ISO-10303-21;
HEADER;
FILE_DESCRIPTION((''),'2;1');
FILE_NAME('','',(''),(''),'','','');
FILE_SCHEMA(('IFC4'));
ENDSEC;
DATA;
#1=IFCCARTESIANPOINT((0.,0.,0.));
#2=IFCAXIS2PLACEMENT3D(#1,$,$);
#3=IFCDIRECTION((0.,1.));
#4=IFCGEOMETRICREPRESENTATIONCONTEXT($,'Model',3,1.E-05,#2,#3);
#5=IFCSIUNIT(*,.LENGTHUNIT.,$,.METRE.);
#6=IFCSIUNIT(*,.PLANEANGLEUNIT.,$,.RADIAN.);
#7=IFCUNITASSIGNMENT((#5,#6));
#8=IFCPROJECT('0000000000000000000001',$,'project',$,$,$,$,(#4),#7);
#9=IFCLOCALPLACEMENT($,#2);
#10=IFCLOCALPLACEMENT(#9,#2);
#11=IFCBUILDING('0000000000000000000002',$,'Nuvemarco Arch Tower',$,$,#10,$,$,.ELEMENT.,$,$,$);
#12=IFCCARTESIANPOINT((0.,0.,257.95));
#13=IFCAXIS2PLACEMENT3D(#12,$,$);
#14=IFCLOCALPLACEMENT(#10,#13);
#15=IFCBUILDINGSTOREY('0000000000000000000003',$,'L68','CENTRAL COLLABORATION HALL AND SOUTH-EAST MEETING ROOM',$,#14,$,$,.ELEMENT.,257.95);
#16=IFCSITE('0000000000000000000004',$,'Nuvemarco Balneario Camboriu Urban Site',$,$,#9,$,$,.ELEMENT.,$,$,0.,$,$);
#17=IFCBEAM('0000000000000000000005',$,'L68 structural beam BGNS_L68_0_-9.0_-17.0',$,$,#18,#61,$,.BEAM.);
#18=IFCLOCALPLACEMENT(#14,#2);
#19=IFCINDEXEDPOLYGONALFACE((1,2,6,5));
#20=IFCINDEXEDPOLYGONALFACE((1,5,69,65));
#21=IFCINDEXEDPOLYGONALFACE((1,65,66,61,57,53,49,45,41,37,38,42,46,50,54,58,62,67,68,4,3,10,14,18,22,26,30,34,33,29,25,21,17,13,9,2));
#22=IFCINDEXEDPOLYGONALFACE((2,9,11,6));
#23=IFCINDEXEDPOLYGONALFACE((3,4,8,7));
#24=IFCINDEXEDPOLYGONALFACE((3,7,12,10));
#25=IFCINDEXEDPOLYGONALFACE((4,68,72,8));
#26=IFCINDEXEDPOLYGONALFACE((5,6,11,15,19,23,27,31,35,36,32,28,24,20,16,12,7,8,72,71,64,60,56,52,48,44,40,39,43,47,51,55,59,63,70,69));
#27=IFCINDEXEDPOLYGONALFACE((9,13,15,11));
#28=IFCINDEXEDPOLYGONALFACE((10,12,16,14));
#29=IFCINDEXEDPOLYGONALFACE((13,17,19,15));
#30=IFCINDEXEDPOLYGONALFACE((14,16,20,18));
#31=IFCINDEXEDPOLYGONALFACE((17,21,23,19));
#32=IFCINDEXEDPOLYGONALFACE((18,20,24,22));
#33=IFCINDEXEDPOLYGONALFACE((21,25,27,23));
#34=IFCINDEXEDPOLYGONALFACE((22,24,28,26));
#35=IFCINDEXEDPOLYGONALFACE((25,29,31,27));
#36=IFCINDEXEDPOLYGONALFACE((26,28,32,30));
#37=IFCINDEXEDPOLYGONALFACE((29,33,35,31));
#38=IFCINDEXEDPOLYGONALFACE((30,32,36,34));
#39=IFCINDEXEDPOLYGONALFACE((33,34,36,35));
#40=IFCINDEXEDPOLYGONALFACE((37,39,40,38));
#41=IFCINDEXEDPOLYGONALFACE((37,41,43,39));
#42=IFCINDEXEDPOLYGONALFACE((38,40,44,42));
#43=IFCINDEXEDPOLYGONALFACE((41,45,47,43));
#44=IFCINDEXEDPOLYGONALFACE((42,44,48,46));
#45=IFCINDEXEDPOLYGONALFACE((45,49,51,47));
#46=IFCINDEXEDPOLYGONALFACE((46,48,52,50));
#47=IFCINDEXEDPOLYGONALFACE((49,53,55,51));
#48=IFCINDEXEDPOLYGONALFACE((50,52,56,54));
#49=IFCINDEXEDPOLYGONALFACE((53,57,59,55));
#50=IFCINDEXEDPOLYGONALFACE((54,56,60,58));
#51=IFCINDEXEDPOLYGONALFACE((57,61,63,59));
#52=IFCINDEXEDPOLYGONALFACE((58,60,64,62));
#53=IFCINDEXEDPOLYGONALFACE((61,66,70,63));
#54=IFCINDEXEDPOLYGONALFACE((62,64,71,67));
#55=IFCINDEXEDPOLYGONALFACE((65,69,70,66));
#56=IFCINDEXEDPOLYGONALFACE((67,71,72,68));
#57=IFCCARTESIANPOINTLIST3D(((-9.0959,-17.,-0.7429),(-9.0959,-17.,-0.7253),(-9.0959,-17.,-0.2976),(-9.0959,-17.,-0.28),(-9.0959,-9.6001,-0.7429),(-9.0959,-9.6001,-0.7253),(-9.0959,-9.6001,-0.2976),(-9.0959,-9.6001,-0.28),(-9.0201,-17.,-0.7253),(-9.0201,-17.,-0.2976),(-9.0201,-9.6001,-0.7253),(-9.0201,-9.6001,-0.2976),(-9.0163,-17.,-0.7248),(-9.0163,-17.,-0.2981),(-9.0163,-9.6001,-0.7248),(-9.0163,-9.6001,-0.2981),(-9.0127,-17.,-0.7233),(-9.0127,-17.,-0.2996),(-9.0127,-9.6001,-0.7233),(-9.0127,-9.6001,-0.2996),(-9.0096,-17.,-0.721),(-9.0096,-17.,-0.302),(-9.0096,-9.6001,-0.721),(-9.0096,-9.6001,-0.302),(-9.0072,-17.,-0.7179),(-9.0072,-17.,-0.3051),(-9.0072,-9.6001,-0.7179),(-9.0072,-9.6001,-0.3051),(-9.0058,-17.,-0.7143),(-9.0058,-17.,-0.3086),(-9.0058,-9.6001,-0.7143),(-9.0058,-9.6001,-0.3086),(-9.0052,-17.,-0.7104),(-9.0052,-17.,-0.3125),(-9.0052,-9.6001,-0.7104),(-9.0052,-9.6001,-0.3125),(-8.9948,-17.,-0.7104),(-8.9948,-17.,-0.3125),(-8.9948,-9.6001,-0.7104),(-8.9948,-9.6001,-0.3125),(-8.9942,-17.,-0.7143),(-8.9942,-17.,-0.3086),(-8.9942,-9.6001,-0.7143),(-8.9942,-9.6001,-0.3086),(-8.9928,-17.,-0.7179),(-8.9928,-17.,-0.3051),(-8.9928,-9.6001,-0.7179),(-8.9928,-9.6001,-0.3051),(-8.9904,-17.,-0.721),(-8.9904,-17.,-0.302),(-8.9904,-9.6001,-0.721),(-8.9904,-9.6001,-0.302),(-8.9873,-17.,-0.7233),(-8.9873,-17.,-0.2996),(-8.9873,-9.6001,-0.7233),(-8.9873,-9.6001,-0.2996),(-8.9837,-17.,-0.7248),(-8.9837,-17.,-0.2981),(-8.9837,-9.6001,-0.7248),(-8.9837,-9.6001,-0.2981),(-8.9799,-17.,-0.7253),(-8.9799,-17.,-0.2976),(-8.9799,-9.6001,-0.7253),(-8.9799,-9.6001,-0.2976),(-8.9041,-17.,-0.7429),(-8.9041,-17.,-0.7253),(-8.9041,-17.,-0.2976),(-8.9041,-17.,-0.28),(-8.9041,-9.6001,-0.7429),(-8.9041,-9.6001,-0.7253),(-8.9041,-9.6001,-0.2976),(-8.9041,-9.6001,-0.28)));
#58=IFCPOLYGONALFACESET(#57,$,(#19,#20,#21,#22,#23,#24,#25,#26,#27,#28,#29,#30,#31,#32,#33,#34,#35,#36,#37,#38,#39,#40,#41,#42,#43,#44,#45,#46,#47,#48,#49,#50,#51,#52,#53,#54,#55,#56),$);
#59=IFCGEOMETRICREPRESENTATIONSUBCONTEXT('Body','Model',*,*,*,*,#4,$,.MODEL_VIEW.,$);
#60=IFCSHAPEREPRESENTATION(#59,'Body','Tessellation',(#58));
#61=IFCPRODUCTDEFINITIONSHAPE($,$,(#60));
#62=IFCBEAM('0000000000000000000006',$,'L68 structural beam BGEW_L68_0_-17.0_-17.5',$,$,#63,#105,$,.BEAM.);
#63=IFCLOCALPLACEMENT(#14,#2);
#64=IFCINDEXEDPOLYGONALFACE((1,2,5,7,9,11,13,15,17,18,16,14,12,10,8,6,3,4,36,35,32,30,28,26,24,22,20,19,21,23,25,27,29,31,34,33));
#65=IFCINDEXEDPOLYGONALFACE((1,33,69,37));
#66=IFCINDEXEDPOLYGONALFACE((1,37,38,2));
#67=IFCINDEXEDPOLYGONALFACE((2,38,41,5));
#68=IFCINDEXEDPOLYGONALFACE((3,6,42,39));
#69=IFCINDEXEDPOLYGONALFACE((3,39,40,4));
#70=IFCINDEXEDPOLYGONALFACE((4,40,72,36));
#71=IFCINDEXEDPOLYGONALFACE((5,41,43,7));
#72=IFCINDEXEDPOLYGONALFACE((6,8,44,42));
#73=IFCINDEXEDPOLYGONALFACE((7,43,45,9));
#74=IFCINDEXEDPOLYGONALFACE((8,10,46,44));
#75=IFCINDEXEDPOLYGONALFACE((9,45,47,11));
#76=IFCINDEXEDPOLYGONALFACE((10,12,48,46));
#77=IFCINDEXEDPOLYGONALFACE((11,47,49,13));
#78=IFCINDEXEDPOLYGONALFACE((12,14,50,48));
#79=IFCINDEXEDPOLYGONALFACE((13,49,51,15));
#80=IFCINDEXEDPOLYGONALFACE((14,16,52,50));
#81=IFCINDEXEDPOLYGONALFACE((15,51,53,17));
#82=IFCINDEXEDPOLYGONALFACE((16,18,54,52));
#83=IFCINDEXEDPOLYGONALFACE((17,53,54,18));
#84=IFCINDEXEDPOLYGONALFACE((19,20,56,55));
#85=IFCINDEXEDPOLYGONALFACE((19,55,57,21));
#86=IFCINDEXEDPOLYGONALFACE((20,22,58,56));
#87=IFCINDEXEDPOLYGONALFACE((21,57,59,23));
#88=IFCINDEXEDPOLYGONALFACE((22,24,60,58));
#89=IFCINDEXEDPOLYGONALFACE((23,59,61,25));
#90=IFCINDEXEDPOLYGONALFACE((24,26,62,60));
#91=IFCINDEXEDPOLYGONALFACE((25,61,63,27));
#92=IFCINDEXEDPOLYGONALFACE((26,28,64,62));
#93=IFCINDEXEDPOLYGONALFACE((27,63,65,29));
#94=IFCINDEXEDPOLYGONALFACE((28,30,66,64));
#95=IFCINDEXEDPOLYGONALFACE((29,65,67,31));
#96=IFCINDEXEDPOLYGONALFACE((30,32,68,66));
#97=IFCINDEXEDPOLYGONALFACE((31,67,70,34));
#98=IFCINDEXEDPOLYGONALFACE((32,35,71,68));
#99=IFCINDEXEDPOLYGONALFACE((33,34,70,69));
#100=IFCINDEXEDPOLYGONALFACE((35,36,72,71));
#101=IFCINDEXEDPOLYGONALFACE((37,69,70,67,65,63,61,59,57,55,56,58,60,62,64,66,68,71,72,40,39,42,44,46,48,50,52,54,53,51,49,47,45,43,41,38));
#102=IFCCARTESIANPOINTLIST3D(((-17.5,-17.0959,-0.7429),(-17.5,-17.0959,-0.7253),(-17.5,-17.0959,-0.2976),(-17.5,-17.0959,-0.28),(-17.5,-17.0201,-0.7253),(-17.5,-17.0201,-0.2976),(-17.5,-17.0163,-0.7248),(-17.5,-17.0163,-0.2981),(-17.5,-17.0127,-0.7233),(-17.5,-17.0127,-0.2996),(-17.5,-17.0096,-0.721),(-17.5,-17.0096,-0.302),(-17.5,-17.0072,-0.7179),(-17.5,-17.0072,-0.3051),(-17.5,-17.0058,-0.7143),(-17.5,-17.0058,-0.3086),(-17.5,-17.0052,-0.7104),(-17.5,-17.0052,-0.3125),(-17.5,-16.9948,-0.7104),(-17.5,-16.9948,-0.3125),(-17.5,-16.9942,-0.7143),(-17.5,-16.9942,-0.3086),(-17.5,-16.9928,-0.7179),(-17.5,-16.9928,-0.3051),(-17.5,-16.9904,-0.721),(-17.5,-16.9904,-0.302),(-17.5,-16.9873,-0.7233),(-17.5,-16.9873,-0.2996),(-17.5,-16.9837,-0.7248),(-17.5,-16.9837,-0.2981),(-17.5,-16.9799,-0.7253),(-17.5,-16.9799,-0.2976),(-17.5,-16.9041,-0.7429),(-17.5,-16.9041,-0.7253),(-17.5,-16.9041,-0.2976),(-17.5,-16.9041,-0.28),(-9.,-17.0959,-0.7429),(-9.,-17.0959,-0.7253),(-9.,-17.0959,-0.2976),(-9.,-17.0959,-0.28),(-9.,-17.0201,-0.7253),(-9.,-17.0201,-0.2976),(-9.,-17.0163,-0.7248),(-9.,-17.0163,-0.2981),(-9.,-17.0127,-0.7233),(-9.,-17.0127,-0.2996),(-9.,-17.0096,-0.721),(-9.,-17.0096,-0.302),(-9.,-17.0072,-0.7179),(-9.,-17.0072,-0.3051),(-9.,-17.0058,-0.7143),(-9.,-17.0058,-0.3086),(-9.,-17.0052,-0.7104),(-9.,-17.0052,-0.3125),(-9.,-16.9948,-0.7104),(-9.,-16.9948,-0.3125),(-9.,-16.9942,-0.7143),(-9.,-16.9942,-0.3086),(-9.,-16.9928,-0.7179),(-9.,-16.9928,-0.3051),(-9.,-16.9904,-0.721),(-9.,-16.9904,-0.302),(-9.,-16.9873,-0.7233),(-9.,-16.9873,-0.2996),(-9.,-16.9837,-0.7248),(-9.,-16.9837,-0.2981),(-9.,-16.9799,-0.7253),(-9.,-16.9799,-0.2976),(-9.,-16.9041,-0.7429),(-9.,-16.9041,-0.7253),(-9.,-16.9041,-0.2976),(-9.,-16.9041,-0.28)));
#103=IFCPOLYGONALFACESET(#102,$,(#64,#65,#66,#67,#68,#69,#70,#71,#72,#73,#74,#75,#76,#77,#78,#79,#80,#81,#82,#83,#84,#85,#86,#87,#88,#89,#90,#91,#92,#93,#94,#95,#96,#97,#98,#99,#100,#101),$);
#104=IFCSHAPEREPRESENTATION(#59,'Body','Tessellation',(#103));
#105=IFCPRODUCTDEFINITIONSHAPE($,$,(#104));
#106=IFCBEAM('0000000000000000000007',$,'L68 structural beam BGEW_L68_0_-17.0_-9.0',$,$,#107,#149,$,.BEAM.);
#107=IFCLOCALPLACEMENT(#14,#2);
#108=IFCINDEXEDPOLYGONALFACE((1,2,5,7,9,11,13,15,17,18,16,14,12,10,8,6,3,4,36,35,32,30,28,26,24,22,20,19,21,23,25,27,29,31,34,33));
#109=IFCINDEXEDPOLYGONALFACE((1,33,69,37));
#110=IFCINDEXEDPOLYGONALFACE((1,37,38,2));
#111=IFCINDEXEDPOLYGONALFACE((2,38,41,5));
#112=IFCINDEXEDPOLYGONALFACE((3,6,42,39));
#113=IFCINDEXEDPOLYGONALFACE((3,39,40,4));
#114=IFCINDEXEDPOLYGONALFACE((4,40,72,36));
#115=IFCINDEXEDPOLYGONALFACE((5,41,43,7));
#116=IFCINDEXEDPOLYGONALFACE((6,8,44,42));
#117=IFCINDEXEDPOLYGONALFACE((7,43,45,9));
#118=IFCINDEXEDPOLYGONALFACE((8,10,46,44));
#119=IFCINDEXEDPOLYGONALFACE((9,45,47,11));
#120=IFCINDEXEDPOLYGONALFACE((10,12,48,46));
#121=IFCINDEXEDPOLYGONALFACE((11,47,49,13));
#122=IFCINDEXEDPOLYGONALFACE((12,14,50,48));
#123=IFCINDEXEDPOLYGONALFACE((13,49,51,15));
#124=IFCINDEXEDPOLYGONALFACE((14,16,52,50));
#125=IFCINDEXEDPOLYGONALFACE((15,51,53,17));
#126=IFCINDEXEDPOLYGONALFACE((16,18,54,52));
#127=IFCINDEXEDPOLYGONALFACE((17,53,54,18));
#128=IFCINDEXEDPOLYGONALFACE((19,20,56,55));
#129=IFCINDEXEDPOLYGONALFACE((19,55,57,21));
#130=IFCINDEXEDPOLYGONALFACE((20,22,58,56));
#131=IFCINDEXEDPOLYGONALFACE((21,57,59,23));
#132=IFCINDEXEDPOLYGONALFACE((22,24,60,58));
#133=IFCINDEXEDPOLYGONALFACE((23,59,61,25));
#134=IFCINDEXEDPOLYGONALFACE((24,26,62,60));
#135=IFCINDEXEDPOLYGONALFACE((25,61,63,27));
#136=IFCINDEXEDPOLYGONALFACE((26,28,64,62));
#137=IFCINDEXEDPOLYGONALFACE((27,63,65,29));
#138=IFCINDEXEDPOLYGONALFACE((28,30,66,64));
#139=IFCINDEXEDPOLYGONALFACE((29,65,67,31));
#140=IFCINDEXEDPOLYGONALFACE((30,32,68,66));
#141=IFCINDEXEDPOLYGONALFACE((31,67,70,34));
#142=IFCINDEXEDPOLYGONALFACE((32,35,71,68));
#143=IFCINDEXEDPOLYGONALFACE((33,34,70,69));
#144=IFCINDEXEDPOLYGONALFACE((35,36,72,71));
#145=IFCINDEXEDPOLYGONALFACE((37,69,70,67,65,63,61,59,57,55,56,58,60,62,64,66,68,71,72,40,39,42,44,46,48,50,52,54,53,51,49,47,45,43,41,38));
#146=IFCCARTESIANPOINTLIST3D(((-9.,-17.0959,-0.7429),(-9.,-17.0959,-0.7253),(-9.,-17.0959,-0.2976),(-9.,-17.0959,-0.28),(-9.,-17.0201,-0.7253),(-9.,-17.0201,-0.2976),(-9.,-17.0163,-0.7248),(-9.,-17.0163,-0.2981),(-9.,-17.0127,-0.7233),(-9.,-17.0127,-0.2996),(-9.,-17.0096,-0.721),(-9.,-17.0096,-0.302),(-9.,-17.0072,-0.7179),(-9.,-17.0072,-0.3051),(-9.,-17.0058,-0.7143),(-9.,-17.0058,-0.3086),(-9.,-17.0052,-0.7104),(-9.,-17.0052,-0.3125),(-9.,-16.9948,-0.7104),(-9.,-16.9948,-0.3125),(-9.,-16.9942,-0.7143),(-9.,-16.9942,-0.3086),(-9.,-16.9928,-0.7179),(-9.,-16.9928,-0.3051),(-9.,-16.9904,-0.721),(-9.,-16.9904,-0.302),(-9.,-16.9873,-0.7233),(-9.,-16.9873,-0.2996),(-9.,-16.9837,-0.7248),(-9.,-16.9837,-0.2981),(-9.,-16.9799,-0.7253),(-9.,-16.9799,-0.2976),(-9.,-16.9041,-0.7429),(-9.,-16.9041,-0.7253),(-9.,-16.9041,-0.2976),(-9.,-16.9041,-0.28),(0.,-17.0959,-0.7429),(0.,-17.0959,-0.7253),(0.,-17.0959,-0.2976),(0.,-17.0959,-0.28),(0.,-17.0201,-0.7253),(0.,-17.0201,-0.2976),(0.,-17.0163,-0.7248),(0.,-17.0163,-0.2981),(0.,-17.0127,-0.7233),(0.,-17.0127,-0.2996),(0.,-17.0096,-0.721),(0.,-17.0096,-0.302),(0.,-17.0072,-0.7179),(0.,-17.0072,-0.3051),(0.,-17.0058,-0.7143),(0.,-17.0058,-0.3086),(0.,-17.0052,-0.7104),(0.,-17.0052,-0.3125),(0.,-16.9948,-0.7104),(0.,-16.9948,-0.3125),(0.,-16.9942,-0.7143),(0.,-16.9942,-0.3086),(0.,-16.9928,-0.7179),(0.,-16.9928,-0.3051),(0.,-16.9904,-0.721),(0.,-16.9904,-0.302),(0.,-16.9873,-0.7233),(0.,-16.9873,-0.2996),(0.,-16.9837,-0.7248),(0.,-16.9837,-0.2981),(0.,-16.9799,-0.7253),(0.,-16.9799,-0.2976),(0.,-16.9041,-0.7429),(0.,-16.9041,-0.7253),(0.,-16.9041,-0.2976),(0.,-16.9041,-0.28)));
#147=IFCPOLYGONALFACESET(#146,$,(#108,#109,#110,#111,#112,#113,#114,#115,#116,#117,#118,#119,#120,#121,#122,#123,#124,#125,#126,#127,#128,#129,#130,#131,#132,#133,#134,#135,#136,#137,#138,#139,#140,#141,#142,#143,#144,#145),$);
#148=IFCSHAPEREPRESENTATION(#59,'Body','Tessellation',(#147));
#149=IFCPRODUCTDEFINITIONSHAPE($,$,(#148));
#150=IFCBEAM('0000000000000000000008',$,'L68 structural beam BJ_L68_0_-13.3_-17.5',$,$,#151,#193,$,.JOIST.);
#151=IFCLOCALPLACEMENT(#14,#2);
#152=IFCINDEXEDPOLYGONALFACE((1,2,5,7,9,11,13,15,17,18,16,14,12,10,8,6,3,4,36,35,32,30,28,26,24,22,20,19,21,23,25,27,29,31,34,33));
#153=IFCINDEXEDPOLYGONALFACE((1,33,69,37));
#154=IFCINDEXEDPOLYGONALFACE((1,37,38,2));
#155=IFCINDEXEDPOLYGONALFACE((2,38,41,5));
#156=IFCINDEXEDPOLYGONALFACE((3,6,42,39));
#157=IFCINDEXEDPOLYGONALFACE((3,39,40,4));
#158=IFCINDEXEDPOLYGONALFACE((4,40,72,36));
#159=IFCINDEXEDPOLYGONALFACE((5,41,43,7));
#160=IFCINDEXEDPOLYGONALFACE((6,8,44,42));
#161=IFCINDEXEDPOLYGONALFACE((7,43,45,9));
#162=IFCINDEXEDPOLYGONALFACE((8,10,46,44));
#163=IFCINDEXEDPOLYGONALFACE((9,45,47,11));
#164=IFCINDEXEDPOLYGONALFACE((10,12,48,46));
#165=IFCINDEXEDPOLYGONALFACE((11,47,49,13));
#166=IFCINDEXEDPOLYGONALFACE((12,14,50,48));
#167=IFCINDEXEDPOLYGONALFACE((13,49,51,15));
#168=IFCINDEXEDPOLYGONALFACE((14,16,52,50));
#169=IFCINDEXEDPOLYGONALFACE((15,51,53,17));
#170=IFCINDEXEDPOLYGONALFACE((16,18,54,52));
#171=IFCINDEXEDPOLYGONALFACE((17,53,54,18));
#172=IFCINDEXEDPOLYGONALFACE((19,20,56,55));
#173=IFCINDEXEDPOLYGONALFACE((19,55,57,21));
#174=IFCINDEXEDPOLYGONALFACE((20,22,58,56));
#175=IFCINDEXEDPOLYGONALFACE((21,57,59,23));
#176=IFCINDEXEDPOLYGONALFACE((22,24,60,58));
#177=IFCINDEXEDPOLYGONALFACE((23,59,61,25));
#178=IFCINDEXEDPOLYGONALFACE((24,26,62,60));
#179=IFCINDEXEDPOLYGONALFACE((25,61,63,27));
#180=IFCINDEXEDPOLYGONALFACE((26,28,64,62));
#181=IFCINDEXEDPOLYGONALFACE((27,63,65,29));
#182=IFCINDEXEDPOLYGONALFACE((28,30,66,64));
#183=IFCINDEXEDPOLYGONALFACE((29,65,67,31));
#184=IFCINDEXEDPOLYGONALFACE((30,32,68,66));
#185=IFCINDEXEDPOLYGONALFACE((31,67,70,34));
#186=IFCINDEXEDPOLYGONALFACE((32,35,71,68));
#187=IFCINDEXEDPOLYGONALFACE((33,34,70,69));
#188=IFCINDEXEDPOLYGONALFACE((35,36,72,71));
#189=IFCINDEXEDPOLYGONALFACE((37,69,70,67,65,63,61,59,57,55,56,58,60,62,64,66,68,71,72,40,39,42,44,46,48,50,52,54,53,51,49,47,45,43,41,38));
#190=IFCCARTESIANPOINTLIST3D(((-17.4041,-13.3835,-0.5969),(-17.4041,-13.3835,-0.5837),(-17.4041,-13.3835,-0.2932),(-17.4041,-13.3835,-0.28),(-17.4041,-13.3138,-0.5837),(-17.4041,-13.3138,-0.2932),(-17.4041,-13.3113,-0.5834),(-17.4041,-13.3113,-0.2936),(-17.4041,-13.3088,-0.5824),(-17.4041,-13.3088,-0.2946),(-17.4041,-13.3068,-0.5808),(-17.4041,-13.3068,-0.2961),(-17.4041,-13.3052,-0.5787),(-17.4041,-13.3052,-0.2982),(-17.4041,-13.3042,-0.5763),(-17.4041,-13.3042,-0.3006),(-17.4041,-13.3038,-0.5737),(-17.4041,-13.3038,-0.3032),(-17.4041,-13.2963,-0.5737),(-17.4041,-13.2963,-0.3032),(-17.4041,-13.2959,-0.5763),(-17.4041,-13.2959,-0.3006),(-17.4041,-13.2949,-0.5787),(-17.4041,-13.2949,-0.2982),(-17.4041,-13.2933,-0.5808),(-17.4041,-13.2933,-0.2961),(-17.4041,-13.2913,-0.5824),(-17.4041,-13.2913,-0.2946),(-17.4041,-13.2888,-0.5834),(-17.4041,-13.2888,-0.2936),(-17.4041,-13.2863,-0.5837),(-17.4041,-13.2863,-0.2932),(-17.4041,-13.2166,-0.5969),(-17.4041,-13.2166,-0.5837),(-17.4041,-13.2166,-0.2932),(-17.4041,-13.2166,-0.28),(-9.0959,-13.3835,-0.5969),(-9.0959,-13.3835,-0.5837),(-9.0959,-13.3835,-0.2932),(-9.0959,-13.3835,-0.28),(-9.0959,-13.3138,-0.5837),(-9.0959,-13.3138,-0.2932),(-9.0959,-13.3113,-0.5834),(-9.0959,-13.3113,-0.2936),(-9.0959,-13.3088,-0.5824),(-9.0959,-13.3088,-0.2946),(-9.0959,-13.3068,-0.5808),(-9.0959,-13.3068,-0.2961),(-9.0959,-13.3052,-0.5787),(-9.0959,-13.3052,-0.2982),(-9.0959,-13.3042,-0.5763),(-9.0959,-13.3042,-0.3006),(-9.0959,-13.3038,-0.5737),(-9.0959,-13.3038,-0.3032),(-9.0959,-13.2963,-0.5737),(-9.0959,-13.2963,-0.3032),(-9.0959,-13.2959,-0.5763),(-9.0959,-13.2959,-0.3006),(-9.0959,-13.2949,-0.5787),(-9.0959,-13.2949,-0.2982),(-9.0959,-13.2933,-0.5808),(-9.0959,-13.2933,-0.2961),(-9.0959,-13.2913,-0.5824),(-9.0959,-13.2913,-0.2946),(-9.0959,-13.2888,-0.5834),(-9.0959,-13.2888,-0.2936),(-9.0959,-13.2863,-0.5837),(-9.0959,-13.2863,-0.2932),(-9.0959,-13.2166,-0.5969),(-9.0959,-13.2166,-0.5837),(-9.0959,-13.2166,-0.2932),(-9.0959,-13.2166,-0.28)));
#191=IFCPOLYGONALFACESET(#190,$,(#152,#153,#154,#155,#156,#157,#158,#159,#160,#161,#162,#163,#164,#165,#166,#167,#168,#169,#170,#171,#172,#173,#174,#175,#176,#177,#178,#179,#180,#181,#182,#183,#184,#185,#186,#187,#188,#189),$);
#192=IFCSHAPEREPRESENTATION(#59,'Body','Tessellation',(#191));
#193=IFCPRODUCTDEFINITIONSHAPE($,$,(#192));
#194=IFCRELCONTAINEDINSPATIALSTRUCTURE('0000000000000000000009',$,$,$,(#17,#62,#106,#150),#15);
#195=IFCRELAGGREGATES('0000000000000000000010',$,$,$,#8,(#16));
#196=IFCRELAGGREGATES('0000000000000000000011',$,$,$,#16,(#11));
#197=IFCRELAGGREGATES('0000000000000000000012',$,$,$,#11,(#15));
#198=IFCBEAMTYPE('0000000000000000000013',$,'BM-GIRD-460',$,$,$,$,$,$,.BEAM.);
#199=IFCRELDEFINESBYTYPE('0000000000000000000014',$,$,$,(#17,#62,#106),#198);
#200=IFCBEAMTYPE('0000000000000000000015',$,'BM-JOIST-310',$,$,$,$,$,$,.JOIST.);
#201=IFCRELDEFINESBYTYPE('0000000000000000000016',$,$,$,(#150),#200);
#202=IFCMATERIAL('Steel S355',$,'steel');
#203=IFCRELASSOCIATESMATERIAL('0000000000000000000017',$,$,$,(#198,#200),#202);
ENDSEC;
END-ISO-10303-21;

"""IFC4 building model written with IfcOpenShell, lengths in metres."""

from ifc_helpers import new_model, si_unit, direction, frame, origin, origin_2d, place, context, subcontext, project, spatial, i_section, extrude, material, material_profile, profile_set, type_object, element, save


model = new_model("IFC4")

# Units and contexts
model_context = context("Model", 3, precision=1e-05, world=origin(), true_north=direction((0.0, 1.0)))
body_context = subcontext(model_context, "Body", "Model", "MODEL_VIEW")
ifc_project = project(units=[si_unit("LENGTHUNIT", "METRE"), si_unit("PLANEANGLEUNIT", "RADIAN")], contexts=[model_context])

# Site, building, storey
site_placement = place(None, origin())
site = spatial("IfcSite", under=ifc_project, at=site_placement, Name="Nuvemarco Balneario Camboriu Urban Site", CompositionType="ELEMENT", RefElevation=0.0)
building_placement = place(site_placement, origin())
building = spatial("IfcBuilding", under=site, at=building_placement, Name="Nuvemarco Arch Tower", CompositionType="ELEMENT")
storey_placement = place(building_placement, frame((0.0, 0.0, 257.95)))
storey = spatial("IfcBuildingStorey", under=building, at=storey_placement, Name="L68", Description="CENTRAL COLLABORATION HALL AND SOUTH-EAST MEETING ROOM", CompositionType="ELEMENT", Elevation=257.95)

# Shared definitions
ifc_material_1 = material(Name="Steel S355", Category="steel")

# Beams
ifc_material_profile_1 = material_profile(ifc_material_1, i_section(OverallWidth=0.1919, OverallDepth=0.4629, WebThickness=0.0105, FlangeThickness=0.0176, FilletRadius=0.0149, at=origin_2d()), Name="W460x89")
ifc_profile_set_1 = profile_set([ifc_material_profile_1], Name="Steel S355")
beam_type_1 = type_object("IfcBeamType", Name="BM-GIRD-460", PredefinedType="BEAM", material=ifc_profile_set_1)
beam_1_placement = place(storey_placement, frame((-9.0, -17.0, -0.5115), z_axis=(0.0, 1.0, 0.0), x_axis=(-1.0, 0.0, 0.0)))
element("IfcBeam", 1, at=beam_1_placement, inside=storey, type_object=beam_type_1, Name="L68 structural beam BGNS_L68_0_-9.0_-17.0", PredefinedType="BEAM", context=body_context, shape_type="SweptSolid", body=[
    extrude(i_section(OverallWidth=0.1919, OverallDepth=0.4629, WebThickness=0.0105, FlangeThickness=0.0176, FilletRadius=0.0149, at=origin_2d()), origin(), (0.0, 0.0, 1.0), 7.3999),
])
beam_2_placement = place(storey_placement, frame((-17.5, -17.0, -0.5115), z_axis=(1.0, 0.0, 0.0), x_axis=(0.0, 1.0, 0.0)))
element("IfcBeam", 2, at=beam_2_placement, inside=storey, type_object=beam_type_1, Name="L68 structural beam BGEW_L68_0_-17.0_-17.5", PredefinedType="BEAM", context=body_context, shape_type="SweptSolid", body=[
    extrude(i_section(OverallWidth=0.1919, OverallDepth=0.4629, WebThickness=0.0105, FlangeThickness=0.0176, FilletRadius=0.0149, at=origin_2d()), origin(), (0.0, 0.0, 1.0), 8.5),
])
beam_3_placement = place(storey_placement, frame((-9.0, -17.0, -0.5115), z_axis=(1.0, 0.0, 0.0), x_axis=(0.0, 1.0, 0.0)))
element("IfcBeam", 3, at=beam_3_placement, inside=storey, type_object=beam_type_1, Name="L68 structural beam BGEW_L68_0_-17.0_-9.0", PredefinedType="BEAM", context=body_context, shape_type="SweptSolid", body=[
    extrude(i_section(OverallWidth=0.1919, OverallDepth=0.4629, WebThickness=0.0105, FlangeThickness=0.0176, FilletRadius=0.0149, at=origin_2d()), origin(), (0.0, 0.0, 1.0), 9.0),
])
ifc_material_profile_2 = material_profile(ifc_material_1, i_section(OverallWidth=0.167, OverallDepth=0.3169, WebThickness=0.0076, FlangeThickness=0.0132, FilletRadius=0.01, at=origin_2d()), Name="W310x52")
ifc_profile_set_2 = profile_set([ifc_material_profile_2], Name="Steel S355")
beam_type_2 = type_object("IfcBeamType", Name="BM-JOIST-310", PredefinedType="JOIST", material=ifc_profile_set_2)
beam_4_placement = place(storey_placement, frame((-17.4041, -13.3, -0.4385), z_axis=(1.0, 0.0, 0.0), x_axis=(0.0, 1.0, 0.0)))
element("IfcBeam", 4, at=beam_4_placement, inside=storey, type_object=beam_type_2, Name="L68 structural beam BJ_L68_0_-13.3_-17.5", PredefinedType="JOIST", context=body_context, shape_type="SweptSolid", body=[
    extrude(i_section(OverallWidth=0.167, OverallDepth=0.3169, WebThickness=0.0076, FlangeThickness=0.0132, FilletRadius=0.01, at=origin_2d()), origin(), (0.0, 0.0, 1.0), 8.3081),
])

save(model, "model.ifc")
